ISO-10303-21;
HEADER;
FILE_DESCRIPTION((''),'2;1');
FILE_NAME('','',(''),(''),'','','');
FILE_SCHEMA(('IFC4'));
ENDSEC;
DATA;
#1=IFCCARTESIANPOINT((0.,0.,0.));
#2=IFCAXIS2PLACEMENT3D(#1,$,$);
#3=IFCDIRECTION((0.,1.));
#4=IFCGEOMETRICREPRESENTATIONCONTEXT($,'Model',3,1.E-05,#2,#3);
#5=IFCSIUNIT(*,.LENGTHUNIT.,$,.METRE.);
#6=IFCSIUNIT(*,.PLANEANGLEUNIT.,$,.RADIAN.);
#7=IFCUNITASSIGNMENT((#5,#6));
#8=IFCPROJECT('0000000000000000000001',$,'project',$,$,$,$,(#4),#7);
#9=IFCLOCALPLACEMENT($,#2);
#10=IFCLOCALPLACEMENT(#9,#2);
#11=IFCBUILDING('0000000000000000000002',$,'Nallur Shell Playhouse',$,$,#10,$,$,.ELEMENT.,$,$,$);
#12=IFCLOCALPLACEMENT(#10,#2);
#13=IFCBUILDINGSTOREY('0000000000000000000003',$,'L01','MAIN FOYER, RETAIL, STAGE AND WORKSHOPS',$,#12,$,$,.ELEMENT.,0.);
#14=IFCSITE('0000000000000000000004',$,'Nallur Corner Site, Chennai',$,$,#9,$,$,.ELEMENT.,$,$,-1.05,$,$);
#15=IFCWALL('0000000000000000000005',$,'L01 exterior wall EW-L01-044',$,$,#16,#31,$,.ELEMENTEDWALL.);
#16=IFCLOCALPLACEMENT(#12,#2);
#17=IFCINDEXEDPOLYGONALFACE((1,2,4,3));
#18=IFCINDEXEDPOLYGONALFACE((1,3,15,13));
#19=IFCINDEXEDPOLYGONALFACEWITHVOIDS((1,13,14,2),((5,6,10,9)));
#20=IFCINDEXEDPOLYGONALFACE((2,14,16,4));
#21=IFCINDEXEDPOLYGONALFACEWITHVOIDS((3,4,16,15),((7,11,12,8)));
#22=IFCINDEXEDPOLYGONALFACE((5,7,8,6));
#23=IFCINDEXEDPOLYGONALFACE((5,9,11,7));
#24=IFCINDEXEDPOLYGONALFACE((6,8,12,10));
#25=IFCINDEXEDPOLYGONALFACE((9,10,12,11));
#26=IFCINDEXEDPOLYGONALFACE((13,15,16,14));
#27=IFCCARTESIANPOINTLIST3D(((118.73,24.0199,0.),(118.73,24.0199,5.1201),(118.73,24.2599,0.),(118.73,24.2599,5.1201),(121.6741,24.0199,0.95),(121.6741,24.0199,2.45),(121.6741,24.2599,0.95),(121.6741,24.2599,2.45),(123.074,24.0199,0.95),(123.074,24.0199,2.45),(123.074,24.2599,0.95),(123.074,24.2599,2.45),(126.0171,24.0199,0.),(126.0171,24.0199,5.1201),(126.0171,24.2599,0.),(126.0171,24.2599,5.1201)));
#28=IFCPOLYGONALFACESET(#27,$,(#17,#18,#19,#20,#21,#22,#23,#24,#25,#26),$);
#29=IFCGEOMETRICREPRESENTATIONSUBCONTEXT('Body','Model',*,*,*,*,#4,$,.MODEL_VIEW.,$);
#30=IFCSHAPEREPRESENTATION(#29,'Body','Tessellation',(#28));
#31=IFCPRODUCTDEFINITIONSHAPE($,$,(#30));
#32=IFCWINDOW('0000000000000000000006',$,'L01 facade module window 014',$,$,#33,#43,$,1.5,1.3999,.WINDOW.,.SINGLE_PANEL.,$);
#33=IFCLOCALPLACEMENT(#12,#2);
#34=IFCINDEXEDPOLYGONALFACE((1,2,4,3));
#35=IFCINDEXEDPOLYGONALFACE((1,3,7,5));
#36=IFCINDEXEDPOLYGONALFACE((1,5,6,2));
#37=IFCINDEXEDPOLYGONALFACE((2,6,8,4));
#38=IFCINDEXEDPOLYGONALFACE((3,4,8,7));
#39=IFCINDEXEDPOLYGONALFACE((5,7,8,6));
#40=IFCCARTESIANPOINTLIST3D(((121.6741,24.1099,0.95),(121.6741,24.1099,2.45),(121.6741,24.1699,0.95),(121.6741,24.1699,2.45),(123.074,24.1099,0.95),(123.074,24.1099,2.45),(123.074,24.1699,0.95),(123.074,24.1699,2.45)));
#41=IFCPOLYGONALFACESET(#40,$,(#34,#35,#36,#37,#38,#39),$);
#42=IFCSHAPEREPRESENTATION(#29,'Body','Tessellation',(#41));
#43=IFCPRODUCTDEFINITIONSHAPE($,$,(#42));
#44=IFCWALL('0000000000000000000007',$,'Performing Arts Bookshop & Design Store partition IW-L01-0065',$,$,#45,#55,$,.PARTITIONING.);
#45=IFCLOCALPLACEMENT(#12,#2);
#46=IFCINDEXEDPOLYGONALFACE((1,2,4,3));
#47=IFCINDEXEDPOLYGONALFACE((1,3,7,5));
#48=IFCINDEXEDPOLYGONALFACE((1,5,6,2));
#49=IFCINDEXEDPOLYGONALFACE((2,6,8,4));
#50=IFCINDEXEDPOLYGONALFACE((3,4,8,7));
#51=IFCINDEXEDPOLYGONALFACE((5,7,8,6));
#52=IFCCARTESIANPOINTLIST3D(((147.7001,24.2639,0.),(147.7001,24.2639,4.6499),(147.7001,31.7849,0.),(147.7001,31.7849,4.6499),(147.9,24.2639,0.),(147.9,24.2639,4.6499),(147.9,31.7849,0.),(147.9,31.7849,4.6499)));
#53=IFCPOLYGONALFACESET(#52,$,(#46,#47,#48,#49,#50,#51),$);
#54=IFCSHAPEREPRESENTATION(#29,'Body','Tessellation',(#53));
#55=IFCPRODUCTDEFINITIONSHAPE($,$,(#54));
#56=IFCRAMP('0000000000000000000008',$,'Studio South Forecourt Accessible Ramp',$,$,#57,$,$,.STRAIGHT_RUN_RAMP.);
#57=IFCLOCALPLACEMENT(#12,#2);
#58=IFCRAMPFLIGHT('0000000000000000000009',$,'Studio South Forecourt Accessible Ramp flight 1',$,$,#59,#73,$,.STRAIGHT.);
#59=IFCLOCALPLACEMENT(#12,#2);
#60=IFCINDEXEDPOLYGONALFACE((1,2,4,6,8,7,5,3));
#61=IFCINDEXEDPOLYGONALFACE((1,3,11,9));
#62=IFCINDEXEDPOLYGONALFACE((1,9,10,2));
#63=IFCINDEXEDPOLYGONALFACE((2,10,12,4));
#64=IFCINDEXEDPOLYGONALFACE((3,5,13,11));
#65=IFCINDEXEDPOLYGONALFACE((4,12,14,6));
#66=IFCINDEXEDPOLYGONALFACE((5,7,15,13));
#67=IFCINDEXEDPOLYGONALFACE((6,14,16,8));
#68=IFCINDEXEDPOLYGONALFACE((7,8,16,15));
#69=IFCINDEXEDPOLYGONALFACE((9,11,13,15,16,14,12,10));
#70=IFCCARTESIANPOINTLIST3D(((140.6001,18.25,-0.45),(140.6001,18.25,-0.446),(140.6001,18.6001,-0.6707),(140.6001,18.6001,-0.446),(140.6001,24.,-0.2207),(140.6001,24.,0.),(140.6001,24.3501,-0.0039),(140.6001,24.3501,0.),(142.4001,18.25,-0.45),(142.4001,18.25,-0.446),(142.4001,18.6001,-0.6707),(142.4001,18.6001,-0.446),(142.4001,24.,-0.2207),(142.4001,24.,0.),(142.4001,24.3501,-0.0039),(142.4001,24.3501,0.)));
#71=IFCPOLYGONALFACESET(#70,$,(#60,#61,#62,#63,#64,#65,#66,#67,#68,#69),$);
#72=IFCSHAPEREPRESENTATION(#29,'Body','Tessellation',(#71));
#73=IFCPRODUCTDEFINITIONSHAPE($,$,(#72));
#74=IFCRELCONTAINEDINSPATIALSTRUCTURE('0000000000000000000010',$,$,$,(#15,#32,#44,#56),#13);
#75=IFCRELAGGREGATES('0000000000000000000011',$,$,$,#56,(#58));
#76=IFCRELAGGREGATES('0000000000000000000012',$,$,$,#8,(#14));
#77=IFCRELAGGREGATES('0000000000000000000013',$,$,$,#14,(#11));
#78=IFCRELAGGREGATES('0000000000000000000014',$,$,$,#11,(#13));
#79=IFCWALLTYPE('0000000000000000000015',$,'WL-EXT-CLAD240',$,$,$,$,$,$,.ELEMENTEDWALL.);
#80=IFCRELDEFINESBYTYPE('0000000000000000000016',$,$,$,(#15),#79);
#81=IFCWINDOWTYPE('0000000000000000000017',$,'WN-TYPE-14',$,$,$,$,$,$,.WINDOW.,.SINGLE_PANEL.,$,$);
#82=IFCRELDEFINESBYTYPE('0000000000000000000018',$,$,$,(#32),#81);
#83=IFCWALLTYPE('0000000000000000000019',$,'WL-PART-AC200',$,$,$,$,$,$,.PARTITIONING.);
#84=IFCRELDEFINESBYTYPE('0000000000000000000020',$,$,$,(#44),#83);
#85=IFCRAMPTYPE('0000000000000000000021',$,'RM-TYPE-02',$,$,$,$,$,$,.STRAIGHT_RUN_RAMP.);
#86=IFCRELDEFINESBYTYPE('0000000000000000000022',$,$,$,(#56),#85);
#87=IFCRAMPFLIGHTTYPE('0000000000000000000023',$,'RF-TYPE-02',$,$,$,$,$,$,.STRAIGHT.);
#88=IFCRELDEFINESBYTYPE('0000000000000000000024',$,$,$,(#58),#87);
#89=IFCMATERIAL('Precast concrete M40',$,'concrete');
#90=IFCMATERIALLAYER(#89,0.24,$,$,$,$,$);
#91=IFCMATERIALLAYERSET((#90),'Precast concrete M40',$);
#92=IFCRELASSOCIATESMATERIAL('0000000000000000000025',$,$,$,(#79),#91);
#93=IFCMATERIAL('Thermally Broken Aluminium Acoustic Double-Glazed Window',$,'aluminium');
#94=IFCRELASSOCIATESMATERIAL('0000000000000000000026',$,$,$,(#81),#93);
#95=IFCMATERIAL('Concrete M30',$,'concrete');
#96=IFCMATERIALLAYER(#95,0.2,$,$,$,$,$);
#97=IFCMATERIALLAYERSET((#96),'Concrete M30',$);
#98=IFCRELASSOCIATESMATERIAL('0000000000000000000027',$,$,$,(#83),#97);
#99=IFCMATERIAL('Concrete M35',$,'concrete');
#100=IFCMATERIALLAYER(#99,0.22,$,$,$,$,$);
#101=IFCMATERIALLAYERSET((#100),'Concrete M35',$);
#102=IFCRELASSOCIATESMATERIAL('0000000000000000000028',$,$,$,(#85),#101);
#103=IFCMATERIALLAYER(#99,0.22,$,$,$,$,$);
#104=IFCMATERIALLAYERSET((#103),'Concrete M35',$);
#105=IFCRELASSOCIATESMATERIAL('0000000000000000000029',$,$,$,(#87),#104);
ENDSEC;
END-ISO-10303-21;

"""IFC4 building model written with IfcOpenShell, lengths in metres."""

from ifc_helpers import new_model, si_unit, direction, frame, frame_2d, origin, place, context, subcontext, project, spatial, polyline, rectangle, outline, extrude, material, layer, layer_set, type_object, element, fill, aggregate, save


model = new_model("IFC4")

# Units and contexts
model_context = context("Model", 3, precision=1e-05, world=origin(), true_north=direction((0.0, 1.0)))
body_context = subcontext(model_context, "Body", "Model", "MODEL_VIEW")
ifc_project = project(units=[si_unit("LENGTHUNIT", "METRE"), si_unit("PLANEANGLEUNIT", "RADIAN")], contexts=[model_context])

# Site, building, storey
site_placement = place(None, origin())
site = spatial("IfcSite", under=ifc_project, at=site_placement, Name="Nallur Corner Site, Chennai", CompositionType="ELEMENT", RefElevation=-1.05)
building_placement = place(site_placement, origin())
building = spatial("IfcBuilding", under=site, at=building_placement, Name="Nallur Shell Playhouse", CompositionType="ELEMENT")
storey_placement = place(building_placement, origin())
storey = spatial("IfcBuildingStorey", under=building, at=storey_placement, Name="L01", Description="MAIN FOYER, RETAIL, STAGE AND WORKSHOPS", CompositionType="ELEMENT", Elevation=0.0)

# Shared definitions
ifc_material_1 = material(Name="Concrete M35", Category="concrete")

# Shared definitions
ifc_material_2 = material(Name="Precast concrete M40", Category="concrete")
ifc_layer_1 = layer(ifc_material_2, 0.24)
ifc_layer_set_1 = layer_set([ifc_layer_1], Name="Precast concrete M40")
wall_type_1 = type_object("IfcWallType", Name="WL-EXT-CLAD240", PredefinedType="ELEMENTEDWALL", material=ifc_layer_set_1)

# Wall, opening, window
wall_1_placement = place(storey_placement, frame((126.0171, 24.1399, 0.0), z_axis=(0.0, 0.0, 1.0), x_axis=(-1.0, 0.0, 0.0)))
wall_1 = element("IfcWall", 1, at=wall_1_placement, inside=storey, type_object=wall_type_1, Name="L01 exterior wall EW-L01-044", PredefinedType="ELEMENTEDWALL", context=body_context, shape_type="SweptSolid", body=[
    extrude(rectangle(XDim=7.2871, YDim=0.24, at=frame_2d((3.6436, 0.0))), origin(), (0.0, 0.0, 1.0), 5.1201),
])
opening_1_placement = place(wall_1_placement, frame((2.9431, 0.0, 0.95)))
opening_1 = element("IfcOpeningElement", 2, at=opening_1_placement, cuts=wall_1, PredefinedType="OPENING", context=body_context, shape_type="SweptSolid", body=[
    extrude(rectangle(XDim=1.3999, YDim=1.5, at=frame_2d((0.7, 0.75))), frame((0.0, 0.1299, 0.0), z_axis=(0.0, -1.0, 0.0), x_axis=(1.0, 0.0, 0.0)), (0.0, 0.0, 1.0), 0.26),
])
ifc_material_3 = material(Name="Thermally Broken Aluminium Acoustic Double-Glazed Window", Category="aluminium")
window_type = type_object("IfcWindowType", Name="WN-TYPE-14", PartitioningType="SINGLE_PANEL", PredefinedType="WINDOW", material=ifc_material_3)
window_placement = place(opening_1_placement, origin())
window = element("IfcWindow", 3, at=window_placement, inside=storey, type_object=window_type, Name="L01 facade module window 014", OverallHeight=1.5, OverallWidth=1.3999, PartitioningType="SINGLE_PANEL", PredefinedType="WINDOW", context=body_context, shape_type="SweptSolid", body=[
    extrude(rectangle(XDim=1.3999, YDim=1.5, at=frame_2d((0.7, 0.75))), frame((0.0, 0.03, 0.0), z_axis=(0.0, -1.0, 0.0), x_axis=(1.0, 0.0, 0.0)), (0.0, 0.0, 1.0), 0.0601),
])
fill(opening_1, window)

# Wall
ifc_material_4 = material(Name="Concrete M30", Category="concrete")
ifc_layer_2 = layer(ifc_material_4, 0.2)
ifc_layer_set_2 = layer_set([ifc_layer_2], Name="Concrete M30")
wall_type_2 = type_object("IfcWallType", Name="WL-PART-AC200", PredefinedType="PARTITIONING", material=ifc_layer_set_2)
wall_2_placement = place(storey_placement, frame((147.8, 24.2639, 0.0), z_axis=(0.0, 0.0, 1.0), x_axis=(0.0, 1.0, 0.0)))
element("IfcWall", 4, at=wall_2_placement, inside=storey, type_object=wall_type_2, Name="Performing Arts Bookshop & Design Store partition IW-L01-0065", PredefinedType="PARTITIONING", context=body_context, shape_type="SweptSolid", body=[
    extrude(rectangle(XDim=7.521, YDim=0.2, at=frame_2d((3.7605, 0.0))), origin(), (0.0, 0.0, 1.0), 4.6499),
])

# Ramp, ramp flight
ifc_layer_3 = layer(ifc_material_1, 0.22)
ifc_layer_set_3 = layer_set([ifc_layer_3], Name="Concrete M35")
ramp_type = type_object("IfcRampType", Name="RM-TYPE-02", PredefinedType="STRAIGHT_RUN_RAMP", material=ifc_layer_set_3)
ramp_placement = place(storey_placement, origin())
ramp = element("IfcRamp", 5, at=ramp_placement, inside=storey, type_object=ramp_type, Name="Studio South Forecourt Accessible Ramp", PredefinedType="STRAIGHT_RUN_RAMP")
ifc_layer_4 = layer(ifc_material_1, 0.22)
ifc_layer_set_4 = layer_set([ifc_layer_4], Name="Concrete M35")
ramp_flight_type = type_object("IfcRampFlightType", Name="RF-TYPE-02", PredefinedType="STRAIGHT", material=ifc_layer_set_4)
ramp_flight_placement = place(storey_placement, frame((141.5, 18.6001, -0.45), z_axis=(0.0, 0.0, 1.0), x_axis=(0.0, 1.0, 0.0)))
ramp_flight = element("IfcRampFlight", 6, at=ramp_flight_placement, type_object=ramp_flight_type, Name="Studio South Forecourt Accessible Ramp flight 1", PredefinedType="STRAIGHT", context=body_context, shape_type="SweptSolid", body=[
    extrude(outline(polyline([(-0.3501, 0.0), (-0.3501, 0.0039), (0.0, 0.0039), (5.3999, 0.45), (5.75, 0.45), (5.75, 0.446), (5.3999, 0.2292), (0.0, -0.2207), (-0.3501, 0.0)])), frame((0.0, 0.8999, 0.0), z_axis=(0.0, -1.0, 0.0), x_axis=(1.0, 0.0, 0.0)), (0.0, 0.0, 1.0), 1.8),
])
aggregate(ramp, [ramp_flight])

save(model, "model.ifc")
